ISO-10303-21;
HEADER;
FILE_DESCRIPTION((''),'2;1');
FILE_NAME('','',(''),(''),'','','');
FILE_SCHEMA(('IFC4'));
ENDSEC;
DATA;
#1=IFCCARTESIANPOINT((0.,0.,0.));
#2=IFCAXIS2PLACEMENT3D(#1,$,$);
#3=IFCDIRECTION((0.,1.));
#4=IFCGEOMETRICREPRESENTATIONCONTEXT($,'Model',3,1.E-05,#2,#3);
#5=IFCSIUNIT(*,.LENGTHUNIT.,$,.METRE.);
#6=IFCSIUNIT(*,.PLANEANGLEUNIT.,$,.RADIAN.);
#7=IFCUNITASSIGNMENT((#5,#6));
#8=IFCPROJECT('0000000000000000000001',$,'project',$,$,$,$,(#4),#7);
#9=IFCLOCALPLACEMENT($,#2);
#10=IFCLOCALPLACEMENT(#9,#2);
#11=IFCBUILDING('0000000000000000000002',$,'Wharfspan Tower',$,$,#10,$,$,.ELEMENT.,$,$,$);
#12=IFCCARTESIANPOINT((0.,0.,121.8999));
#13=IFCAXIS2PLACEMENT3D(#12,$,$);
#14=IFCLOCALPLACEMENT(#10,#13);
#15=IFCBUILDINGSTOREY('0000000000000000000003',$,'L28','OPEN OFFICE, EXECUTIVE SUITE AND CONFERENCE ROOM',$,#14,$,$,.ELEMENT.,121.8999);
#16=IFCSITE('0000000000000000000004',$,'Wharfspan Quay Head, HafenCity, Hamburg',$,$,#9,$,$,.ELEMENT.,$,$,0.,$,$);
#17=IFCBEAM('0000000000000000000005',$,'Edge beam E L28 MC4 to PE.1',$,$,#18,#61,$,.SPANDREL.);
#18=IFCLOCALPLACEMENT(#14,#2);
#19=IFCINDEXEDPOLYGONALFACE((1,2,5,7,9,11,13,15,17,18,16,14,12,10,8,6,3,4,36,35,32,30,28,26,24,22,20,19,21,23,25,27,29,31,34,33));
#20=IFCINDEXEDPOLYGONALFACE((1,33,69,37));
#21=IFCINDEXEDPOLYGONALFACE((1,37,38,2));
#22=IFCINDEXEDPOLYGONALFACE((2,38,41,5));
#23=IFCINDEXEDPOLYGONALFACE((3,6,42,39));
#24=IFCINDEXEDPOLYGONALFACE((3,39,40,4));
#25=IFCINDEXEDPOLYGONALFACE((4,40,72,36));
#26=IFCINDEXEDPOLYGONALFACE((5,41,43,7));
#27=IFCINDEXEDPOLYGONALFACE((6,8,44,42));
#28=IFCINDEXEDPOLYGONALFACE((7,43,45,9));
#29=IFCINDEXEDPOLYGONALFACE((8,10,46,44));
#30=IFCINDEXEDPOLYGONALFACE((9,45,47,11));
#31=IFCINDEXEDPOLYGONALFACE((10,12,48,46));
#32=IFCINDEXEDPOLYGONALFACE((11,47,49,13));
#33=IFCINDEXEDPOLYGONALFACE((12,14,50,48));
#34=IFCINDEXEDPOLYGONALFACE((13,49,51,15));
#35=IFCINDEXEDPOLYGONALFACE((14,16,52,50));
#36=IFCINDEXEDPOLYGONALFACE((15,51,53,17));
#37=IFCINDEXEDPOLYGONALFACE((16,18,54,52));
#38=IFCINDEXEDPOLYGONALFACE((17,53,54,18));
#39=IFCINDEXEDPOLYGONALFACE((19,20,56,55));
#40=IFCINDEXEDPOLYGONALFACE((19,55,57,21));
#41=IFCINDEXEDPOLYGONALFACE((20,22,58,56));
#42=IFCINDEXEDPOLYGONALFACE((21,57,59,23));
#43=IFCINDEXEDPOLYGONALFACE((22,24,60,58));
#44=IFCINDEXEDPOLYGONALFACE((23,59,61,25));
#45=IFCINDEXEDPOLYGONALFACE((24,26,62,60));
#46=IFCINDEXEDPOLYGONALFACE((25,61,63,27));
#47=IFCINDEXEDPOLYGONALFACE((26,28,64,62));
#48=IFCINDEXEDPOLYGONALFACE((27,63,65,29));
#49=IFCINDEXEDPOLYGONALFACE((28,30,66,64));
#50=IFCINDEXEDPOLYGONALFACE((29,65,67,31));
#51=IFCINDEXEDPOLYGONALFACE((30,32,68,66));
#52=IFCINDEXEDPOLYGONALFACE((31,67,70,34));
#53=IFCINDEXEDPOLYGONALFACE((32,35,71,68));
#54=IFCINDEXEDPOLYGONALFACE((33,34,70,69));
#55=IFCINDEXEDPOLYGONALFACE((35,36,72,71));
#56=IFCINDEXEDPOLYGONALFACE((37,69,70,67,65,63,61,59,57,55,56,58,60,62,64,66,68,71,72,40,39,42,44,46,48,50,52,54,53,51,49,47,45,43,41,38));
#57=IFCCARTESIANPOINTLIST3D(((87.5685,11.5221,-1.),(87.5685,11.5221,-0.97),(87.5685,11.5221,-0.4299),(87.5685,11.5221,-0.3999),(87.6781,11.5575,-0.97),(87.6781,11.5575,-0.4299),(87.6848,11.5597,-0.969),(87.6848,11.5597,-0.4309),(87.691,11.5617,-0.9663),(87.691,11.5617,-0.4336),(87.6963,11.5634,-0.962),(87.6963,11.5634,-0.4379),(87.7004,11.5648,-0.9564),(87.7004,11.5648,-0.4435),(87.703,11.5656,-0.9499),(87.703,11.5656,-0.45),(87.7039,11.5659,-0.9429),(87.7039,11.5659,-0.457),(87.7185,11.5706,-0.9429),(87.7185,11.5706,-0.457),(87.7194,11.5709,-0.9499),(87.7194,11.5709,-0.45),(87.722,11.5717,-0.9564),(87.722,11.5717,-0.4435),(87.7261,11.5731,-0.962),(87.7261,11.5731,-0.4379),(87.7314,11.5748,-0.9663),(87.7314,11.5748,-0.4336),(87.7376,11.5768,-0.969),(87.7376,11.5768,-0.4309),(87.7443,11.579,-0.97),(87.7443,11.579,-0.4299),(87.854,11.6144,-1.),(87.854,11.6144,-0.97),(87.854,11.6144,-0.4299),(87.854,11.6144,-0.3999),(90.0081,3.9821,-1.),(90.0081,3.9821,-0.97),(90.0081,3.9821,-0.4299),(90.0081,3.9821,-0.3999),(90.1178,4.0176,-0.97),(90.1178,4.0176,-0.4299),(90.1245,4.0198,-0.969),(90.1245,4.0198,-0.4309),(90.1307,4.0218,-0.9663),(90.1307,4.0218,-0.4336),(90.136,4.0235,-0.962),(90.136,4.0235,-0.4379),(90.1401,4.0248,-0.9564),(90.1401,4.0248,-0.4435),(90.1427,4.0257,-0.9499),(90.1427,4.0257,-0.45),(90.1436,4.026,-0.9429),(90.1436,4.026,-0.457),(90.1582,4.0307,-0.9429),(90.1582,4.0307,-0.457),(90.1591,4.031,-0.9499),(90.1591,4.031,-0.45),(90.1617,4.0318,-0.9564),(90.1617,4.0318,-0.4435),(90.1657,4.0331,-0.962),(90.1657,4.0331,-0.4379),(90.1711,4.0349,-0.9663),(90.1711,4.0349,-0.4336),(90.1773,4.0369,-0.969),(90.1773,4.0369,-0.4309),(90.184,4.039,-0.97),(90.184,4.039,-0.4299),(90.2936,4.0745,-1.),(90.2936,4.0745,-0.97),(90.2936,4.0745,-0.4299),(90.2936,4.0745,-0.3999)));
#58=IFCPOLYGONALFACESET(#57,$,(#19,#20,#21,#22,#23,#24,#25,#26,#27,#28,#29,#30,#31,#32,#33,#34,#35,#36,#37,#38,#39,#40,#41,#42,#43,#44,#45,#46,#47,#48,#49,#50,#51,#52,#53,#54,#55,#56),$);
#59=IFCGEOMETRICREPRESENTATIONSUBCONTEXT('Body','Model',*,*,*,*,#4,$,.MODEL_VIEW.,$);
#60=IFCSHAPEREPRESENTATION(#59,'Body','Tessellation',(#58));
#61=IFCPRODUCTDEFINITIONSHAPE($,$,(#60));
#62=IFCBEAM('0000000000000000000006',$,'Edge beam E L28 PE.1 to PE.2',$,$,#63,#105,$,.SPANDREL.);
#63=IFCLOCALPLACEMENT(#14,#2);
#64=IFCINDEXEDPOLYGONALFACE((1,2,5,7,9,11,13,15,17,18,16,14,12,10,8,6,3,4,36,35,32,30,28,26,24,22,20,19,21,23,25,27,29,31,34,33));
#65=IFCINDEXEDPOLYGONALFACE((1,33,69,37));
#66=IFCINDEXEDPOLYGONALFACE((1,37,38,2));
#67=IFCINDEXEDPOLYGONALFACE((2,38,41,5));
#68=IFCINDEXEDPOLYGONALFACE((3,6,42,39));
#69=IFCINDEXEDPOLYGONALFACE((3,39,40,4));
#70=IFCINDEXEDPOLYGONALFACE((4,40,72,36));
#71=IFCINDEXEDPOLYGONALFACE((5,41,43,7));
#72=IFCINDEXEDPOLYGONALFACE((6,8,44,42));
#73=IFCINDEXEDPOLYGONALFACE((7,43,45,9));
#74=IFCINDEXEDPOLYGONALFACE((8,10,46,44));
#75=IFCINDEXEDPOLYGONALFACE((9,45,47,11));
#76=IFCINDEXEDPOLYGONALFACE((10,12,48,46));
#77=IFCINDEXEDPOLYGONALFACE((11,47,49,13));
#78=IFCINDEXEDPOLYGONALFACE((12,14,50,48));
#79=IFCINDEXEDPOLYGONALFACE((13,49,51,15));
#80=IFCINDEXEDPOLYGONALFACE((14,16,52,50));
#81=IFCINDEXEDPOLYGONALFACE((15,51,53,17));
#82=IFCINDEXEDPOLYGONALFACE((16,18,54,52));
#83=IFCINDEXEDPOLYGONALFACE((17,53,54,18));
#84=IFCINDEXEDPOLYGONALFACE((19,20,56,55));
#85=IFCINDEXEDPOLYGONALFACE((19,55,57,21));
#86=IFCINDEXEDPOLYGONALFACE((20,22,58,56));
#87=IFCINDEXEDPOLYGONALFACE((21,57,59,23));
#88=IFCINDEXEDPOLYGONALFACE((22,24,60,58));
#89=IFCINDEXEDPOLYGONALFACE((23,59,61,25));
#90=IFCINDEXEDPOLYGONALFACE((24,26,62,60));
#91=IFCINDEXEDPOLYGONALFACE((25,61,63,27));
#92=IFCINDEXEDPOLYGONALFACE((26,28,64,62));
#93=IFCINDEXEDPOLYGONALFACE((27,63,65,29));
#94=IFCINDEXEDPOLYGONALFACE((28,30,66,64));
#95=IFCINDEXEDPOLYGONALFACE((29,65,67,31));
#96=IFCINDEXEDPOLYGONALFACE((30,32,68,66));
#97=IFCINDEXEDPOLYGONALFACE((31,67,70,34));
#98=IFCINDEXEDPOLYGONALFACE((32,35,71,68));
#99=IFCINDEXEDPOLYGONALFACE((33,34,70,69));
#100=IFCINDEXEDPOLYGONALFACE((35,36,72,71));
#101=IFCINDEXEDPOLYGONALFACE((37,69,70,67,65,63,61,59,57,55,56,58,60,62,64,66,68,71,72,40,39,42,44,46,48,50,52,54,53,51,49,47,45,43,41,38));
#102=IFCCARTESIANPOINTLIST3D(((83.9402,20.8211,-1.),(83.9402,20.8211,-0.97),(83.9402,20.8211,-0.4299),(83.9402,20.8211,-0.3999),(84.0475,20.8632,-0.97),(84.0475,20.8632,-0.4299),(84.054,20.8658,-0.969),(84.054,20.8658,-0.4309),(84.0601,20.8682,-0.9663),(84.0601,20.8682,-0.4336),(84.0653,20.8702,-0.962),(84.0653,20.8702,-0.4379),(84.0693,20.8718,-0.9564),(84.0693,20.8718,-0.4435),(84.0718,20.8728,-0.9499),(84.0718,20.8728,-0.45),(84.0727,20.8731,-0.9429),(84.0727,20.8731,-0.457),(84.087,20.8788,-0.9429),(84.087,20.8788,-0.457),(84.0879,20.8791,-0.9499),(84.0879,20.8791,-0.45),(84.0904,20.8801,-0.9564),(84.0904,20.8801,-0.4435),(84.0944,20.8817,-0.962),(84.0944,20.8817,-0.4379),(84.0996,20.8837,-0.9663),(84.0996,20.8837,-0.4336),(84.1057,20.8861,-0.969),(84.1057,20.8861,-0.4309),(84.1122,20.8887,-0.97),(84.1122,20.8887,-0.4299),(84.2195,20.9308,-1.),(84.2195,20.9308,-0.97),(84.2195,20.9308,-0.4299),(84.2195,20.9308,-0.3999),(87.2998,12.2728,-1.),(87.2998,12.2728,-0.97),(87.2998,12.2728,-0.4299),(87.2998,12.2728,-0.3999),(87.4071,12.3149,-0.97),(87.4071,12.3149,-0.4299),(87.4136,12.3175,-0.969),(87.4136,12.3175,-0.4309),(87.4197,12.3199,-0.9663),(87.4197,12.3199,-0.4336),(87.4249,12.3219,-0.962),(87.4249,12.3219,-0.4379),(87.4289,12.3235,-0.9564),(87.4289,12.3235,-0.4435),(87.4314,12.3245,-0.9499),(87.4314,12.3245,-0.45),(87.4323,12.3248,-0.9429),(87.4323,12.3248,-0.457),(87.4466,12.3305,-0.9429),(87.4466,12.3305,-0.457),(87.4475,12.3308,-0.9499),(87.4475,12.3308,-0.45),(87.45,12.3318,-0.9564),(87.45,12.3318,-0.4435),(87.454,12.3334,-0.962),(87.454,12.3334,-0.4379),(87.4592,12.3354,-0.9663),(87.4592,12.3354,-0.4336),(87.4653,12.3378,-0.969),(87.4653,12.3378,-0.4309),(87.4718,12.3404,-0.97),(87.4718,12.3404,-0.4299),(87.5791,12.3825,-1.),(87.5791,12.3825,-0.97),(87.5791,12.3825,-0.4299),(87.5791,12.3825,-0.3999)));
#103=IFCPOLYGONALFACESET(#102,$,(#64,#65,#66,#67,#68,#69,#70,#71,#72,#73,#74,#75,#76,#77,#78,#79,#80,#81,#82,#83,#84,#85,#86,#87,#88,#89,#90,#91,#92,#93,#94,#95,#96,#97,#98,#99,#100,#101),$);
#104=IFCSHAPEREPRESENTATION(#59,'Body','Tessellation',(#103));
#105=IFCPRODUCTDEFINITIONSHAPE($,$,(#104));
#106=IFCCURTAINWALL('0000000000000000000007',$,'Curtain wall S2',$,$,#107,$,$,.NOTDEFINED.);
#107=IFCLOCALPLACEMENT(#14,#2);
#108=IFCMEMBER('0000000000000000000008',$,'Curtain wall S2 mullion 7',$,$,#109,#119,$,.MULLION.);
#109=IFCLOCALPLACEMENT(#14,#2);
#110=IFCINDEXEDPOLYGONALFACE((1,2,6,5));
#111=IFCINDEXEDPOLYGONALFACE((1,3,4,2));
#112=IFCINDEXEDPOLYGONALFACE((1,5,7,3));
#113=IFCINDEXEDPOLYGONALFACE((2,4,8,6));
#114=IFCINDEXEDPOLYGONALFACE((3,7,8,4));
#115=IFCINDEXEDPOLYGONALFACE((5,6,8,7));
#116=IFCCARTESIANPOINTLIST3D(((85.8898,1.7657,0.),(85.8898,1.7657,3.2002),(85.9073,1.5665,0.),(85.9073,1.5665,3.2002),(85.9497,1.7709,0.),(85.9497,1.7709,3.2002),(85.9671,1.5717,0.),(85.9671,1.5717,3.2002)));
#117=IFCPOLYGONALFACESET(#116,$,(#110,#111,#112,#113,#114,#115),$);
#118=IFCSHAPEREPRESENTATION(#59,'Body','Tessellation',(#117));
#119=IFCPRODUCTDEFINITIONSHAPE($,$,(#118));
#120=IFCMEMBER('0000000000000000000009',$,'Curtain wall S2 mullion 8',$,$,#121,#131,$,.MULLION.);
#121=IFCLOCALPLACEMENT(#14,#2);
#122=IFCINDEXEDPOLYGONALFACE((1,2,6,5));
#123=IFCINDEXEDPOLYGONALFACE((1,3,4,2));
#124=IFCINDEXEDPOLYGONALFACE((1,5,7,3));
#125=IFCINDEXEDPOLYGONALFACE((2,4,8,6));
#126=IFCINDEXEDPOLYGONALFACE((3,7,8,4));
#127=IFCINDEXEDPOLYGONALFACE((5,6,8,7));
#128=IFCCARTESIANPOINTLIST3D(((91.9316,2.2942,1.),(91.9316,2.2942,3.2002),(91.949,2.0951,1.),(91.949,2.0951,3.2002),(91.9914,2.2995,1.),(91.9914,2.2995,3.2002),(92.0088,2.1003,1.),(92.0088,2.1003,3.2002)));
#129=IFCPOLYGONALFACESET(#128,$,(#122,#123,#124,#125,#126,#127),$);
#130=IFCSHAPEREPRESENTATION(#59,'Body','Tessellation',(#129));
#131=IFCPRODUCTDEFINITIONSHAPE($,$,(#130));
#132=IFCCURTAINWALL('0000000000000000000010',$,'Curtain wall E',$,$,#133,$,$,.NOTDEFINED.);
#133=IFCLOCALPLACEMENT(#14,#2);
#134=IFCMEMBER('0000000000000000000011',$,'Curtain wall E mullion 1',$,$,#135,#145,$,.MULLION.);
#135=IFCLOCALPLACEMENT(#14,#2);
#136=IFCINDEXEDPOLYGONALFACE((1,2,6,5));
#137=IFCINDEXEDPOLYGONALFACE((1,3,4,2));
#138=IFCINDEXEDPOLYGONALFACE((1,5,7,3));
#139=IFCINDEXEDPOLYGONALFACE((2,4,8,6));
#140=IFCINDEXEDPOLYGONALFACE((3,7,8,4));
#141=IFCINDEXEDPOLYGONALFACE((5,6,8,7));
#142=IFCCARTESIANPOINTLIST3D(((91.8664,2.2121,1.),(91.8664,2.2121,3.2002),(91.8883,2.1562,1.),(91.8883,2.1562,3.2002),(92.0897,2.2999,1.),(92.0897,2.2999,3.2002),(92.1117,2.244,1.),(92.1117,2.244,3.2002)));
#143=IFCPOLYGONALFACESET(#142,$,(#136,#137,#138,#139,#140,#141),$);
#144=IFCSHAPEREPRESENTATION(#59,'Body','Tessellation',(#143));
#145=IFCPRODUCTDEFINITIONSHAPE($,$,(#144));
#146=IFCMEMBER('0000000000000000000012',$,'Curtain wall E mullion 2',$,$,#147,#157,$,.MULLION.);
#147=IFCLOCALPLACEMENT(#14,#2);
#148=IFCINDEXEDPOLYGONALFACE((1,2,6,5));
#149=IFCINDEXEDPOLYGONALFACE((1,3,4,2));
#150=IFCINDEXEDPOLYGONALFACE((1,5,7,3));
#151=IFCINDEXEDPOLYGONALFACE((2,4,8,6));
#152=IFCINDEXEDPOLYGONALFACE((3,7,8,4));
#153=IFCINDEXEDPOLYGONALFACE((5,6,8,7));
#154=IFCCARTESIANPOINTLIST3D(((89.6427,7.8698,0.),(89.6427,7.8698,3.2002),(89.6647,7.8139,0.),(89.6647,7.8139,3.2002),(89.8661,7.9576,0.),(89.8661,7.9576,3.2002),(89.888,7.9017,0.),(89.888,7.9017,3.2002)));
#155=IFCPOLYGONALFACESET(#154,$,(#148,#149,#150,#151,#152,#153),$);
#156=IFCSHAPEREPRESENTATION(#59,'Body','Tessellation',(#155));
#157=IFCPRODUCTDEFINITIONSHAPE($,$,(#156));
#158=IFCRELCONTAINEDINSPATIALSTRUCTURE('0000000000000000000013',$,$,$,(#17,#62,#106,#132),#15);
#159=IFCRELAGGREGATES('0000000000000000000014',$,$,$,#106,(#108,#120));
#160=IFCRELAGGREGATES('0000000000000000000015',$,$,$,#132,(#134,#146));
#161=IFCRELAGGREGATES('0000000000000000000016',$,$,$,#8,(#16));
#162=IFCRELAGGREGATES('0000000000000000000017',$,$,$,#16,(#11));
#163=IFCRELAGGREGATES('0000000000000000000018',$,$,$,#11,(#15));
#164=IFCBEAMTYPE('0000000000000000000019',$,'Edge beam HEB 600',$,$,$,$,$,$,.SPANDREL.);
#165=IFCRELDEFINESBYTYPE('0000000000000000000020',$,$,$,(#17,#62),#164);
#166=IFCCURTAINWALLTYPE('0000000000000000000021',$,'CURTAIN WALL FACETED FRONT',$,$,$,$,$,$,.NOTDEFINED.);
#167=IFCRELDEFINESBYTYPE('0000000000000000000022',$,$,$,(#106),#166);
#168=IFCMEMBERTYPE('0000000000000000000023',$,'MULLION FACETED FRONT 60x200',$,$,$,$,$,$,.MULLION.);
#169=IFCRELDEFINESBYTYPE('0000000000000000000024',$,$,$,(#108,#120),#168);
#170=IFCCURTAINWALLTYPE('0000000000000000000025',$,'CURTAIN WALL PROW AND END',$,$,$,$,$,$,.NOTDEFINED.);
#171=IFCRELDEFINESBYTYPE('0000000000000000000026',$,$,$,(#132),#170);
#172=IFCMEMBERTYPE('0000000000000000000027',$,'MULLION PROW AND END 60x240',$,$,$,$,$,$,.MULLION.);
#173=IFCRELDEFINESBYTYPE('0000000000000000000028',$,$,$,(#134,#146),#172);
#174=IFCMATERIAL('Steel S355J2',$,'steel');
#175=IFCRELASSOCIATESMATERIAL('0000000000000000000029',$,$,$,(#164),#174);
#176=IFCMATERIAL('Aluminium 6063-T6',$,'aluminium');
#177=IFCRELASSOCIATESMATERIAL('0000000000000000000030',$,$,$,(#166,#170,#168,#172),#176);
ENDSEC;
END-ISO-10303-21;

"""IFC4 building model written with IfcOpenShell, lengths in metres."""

from ifc_helpers import new_model, si_unit, direction, frame, origin, origin_2d, place, context, subcontext, project, spatial, rectangle, i_section, extrude, material, material_profile, profile_set, type_object, element, aggregate, save


model = new_model("IFC4")

# Units and contexts
model_context = context("Model", 3, precision=1e-05, world=origin(), true_north=direction((0.0, 1.0)))
body_context = subcontext(model_context, "Body", "Model", "MODEL_VIEW")
ifc_project = project(units=[si_unit("LENGTHUNIT", "METRE"), si_unit("PLANEANGLEUNIT", "RADIAN")], contexts=[model_context])

# Site, building, storey
site_placement = place(None, origin())
site = spatial("IfcSite", under=ifc_project, at=site_placement, Name="Wharfspan Quay Head, HafenCity, Hamburg", CompositionType="ELEMENT", RefElevation=0.0)
building_placement = place(site_placement, origin())
building = spatial("IfcBuilding", under=site, at=building_placement, Name="Wharfspan Tower", CompositionType="ELEMENT")
storey_placement = place(building_placement, frame((0.0, 0.0, 121.8999)))
storey = spatial("IfcBuildingStorey", under=building, at=storey_placement, Name="L28", Description="OPEN OFFICE, EXECUTIVE SUITE AND CONFERENCE ROOM", CompositionType="ELEMENT", Elevation=121.8999)

# Shared definitions
ifc_material_1 = material(Name="Steel S355J2", Category="steel")

# Beams
ifc_material_profile_1 = material_profile(ifc_material_1, i_section(OverallWidth=0.3, OverallDepth=0.6001, WebThickness=0.0154, FlangeThickness=0.03, FilletRadius=0.0271, at=origin_2d()))
ifc_profile_set_1 = profile_set([ifc_material_profile_1], Name="Steel S355J2")
beam_type = type_object("IfcBeamType", Name="Edge beam HEB 600", PredefinedType="SPANDREL", material=ifc_profile_set_1)
beam_1_placement = place(storey_placement, frame((90.1509, 4.0283, -0.7), z_axis=(-0.307851, 0.951434, 0.0), x_axis=(-0.951434, -0.307851, 0.0)))
element("IfcBeam", 1, at=beam_1_placement, inside=storey, type_object=beam_type, Name="Edge beam E L28 MC4 to PE.1", PredefinedType="SPANDREL", context=body_context, shape_type="SweptSolid", body=[
    extrude(i_section(OverallWidth=0.3, OverallDepth=0.6001, WebThickness=0.0154, FlangeThickness=0.03, FilletRadius=0.0271, at=origin_2d()), origin(), (0.0, 0.0, 1.0), 7.9248),
])
beam_2_placement = place(storey_placement, frame((87.4395, 12.3276, -0.7), z_axis=(-0.365779, 0.930702, 0.0), x_axis=(-0.930702, -0.365779, 0.0)))
element("IfcBeam", 2, at=beam_2_placement, inside=storey, type_object=beam_type, Name="Edge beam E L28 PE.1 to PE.2", PredefinedType="SPANDREL", context=body_context, shape_type="SweptSolid", body=[
    extrude(i_section(OverallWidth=0.3, OverallDepth=0.6001, WebThickness=0.0154, FlangeThickness=0.03, FilletRadius=0.0271, at=origin_2d()), origin(), (0.0, 0.0, 1.0), 9.1848),
])

# Curtain walls, members
ifc_material_2 = material(Name="Aluminium 6063-T6", Category="aluminium")
curtain_wall_type_1 = type_object("IfcCurtainWallType", Name="CURTAIN WALL FACETED FRONT", PredefinedType="NOTDEFINED", material=ifc_material_2)
curtain_wall_1_placement = place(storey_placement, origin())
curtain_wall_1 = element("IfcCurtainWall", 3, at=curtain_wall_1_placement, inside=storey, type_object=curtain_wall_type_1, Name="Curtain wall S2", PredefinedType="NOTDEFINED")
ifc_material_profile_2 = material_profile(ifc_material_2, rectangle(XDim=0.2, YDim=0.0601, at=origin_2d()))
ifc_profile_set_2 = profile_set([ifc_material_profile_2], Name="Aluminium 6063-T6")
member_type_1 = type_object("IfcMemberType", Name="MULLION FACETED FRONT 60x200", PredefinedType="MULLION", material=ifc_profile_set_2)
member_1_placement = place(storey_placement, frame((85.9285, 1.6687, 0.0), z_axis=(0.0, 0.0, 1.0), x_axis=(-0.087156, 0.996198, 0.0)))
member_1 = element("IfcMember", 4, at=member_1_placement, type_object=member_type_1, Name="Curtain wall S2 mullion 7", PredefinedType="MULLION", context=body_context, shape_type="SweptSolid", body=[
    extrude(rectangle(XDim=0.2, YDim=0.0601, at=origin_2d()), origin(), (0.0, 0.0, 1.0), 3.2002),
])
member_2_placement = place(storey_placement, frame((91.9702, 2.1973, 1.0), z_axis=(0.0, 0.0, 1.0), x_axis=(-0.087156, 0.996198, 0.0)))
member_2 = element("IfcMember", 5, at=member_2_placement, type_object=member_type_1, Name="Curtain wall S2 mullion 8", PredefinedType="MULLION", context=body_context, shape_type="SweptSolid", body=[
    extrude(rectangle(XDim=0.2, YDim=0.0601, at=origin_2d()), origin(), (0.0, 0.0, 1.0), 2.2002),
])
curtain_wall_type_2 = type_object("IfcCurtainWallType", Name="CURTAIN WALL PROW AND END", PredefinedType="NOTDEFINED", material=ifc_material_2)
curtain_wall_2_placement = place(storey_placement, origin())
curtain_wall_2 = element("IfcCurtainWall", 6, at=curtain_wall_2_placement, inside=storey, type_object=curtain_wall_type_2, Name="Curtain wall E", PredefinedType="NOTDEFINED")
ifc_material_profile_3 = material_profile(ifc_material_2, rectangle(XDim=0.24, YDim=0.0601, at=origin_2d()))
ifc_profile_set_3 = profile_set([ifc_material_profile_3], Name="Aluminium 6063-T6")
member_type_2 = type_object("IfcMemberType", Name="MULLION PROW AND END 60x240", PredefinedType="MULLION", material=ifc_profile_set_3)
member_3_placement = place(storey_placement, frame((91.989, 2.228, 1.0), z_axis=(0.0, 0.0, 1.0), x_axis=(-0.930702, -0.365778, 0.0)))
member_3 = element("IfcMember", 7, at=member_3_placement, type_object=member_type_2, Name="Curtain wall E mullion 1", PredefinedType="MULLION", context=body_context, shape_type="SweptSolid", body=[
    extrude(rectangle(XDim=0.24, YDim=0.0601, at=origin_2d()), origin(), (0.0, 0.0, 1.0), 2.2002),
])
member_4_placement = place(storey_placement, frame((89.7654, 7.8857, 0.0), z_axis=(0.0, 0.0, 1.0), x_axis=(-0.930702, -0.365778, 0.0)))
member_4 = element("IfcMember", 8, at=member_4_placement, type_object=member_type_2, Name="Curtain wall E mullion 2", PredefinedType="MULLION", context=body_context, shape_type="SweptSolid", body=[
    extrude(rectangle(XDim=0.24, YDim=0.0601, at=origin_2d()), origin(), (0.0, 0.0, 1.0), 3.2002),
])

aggregate(curtain_wall_1, [member_1, member_2])
aggregate(curtain_wall_2, [member_3, member_4])

save(model, "model.ifc")
